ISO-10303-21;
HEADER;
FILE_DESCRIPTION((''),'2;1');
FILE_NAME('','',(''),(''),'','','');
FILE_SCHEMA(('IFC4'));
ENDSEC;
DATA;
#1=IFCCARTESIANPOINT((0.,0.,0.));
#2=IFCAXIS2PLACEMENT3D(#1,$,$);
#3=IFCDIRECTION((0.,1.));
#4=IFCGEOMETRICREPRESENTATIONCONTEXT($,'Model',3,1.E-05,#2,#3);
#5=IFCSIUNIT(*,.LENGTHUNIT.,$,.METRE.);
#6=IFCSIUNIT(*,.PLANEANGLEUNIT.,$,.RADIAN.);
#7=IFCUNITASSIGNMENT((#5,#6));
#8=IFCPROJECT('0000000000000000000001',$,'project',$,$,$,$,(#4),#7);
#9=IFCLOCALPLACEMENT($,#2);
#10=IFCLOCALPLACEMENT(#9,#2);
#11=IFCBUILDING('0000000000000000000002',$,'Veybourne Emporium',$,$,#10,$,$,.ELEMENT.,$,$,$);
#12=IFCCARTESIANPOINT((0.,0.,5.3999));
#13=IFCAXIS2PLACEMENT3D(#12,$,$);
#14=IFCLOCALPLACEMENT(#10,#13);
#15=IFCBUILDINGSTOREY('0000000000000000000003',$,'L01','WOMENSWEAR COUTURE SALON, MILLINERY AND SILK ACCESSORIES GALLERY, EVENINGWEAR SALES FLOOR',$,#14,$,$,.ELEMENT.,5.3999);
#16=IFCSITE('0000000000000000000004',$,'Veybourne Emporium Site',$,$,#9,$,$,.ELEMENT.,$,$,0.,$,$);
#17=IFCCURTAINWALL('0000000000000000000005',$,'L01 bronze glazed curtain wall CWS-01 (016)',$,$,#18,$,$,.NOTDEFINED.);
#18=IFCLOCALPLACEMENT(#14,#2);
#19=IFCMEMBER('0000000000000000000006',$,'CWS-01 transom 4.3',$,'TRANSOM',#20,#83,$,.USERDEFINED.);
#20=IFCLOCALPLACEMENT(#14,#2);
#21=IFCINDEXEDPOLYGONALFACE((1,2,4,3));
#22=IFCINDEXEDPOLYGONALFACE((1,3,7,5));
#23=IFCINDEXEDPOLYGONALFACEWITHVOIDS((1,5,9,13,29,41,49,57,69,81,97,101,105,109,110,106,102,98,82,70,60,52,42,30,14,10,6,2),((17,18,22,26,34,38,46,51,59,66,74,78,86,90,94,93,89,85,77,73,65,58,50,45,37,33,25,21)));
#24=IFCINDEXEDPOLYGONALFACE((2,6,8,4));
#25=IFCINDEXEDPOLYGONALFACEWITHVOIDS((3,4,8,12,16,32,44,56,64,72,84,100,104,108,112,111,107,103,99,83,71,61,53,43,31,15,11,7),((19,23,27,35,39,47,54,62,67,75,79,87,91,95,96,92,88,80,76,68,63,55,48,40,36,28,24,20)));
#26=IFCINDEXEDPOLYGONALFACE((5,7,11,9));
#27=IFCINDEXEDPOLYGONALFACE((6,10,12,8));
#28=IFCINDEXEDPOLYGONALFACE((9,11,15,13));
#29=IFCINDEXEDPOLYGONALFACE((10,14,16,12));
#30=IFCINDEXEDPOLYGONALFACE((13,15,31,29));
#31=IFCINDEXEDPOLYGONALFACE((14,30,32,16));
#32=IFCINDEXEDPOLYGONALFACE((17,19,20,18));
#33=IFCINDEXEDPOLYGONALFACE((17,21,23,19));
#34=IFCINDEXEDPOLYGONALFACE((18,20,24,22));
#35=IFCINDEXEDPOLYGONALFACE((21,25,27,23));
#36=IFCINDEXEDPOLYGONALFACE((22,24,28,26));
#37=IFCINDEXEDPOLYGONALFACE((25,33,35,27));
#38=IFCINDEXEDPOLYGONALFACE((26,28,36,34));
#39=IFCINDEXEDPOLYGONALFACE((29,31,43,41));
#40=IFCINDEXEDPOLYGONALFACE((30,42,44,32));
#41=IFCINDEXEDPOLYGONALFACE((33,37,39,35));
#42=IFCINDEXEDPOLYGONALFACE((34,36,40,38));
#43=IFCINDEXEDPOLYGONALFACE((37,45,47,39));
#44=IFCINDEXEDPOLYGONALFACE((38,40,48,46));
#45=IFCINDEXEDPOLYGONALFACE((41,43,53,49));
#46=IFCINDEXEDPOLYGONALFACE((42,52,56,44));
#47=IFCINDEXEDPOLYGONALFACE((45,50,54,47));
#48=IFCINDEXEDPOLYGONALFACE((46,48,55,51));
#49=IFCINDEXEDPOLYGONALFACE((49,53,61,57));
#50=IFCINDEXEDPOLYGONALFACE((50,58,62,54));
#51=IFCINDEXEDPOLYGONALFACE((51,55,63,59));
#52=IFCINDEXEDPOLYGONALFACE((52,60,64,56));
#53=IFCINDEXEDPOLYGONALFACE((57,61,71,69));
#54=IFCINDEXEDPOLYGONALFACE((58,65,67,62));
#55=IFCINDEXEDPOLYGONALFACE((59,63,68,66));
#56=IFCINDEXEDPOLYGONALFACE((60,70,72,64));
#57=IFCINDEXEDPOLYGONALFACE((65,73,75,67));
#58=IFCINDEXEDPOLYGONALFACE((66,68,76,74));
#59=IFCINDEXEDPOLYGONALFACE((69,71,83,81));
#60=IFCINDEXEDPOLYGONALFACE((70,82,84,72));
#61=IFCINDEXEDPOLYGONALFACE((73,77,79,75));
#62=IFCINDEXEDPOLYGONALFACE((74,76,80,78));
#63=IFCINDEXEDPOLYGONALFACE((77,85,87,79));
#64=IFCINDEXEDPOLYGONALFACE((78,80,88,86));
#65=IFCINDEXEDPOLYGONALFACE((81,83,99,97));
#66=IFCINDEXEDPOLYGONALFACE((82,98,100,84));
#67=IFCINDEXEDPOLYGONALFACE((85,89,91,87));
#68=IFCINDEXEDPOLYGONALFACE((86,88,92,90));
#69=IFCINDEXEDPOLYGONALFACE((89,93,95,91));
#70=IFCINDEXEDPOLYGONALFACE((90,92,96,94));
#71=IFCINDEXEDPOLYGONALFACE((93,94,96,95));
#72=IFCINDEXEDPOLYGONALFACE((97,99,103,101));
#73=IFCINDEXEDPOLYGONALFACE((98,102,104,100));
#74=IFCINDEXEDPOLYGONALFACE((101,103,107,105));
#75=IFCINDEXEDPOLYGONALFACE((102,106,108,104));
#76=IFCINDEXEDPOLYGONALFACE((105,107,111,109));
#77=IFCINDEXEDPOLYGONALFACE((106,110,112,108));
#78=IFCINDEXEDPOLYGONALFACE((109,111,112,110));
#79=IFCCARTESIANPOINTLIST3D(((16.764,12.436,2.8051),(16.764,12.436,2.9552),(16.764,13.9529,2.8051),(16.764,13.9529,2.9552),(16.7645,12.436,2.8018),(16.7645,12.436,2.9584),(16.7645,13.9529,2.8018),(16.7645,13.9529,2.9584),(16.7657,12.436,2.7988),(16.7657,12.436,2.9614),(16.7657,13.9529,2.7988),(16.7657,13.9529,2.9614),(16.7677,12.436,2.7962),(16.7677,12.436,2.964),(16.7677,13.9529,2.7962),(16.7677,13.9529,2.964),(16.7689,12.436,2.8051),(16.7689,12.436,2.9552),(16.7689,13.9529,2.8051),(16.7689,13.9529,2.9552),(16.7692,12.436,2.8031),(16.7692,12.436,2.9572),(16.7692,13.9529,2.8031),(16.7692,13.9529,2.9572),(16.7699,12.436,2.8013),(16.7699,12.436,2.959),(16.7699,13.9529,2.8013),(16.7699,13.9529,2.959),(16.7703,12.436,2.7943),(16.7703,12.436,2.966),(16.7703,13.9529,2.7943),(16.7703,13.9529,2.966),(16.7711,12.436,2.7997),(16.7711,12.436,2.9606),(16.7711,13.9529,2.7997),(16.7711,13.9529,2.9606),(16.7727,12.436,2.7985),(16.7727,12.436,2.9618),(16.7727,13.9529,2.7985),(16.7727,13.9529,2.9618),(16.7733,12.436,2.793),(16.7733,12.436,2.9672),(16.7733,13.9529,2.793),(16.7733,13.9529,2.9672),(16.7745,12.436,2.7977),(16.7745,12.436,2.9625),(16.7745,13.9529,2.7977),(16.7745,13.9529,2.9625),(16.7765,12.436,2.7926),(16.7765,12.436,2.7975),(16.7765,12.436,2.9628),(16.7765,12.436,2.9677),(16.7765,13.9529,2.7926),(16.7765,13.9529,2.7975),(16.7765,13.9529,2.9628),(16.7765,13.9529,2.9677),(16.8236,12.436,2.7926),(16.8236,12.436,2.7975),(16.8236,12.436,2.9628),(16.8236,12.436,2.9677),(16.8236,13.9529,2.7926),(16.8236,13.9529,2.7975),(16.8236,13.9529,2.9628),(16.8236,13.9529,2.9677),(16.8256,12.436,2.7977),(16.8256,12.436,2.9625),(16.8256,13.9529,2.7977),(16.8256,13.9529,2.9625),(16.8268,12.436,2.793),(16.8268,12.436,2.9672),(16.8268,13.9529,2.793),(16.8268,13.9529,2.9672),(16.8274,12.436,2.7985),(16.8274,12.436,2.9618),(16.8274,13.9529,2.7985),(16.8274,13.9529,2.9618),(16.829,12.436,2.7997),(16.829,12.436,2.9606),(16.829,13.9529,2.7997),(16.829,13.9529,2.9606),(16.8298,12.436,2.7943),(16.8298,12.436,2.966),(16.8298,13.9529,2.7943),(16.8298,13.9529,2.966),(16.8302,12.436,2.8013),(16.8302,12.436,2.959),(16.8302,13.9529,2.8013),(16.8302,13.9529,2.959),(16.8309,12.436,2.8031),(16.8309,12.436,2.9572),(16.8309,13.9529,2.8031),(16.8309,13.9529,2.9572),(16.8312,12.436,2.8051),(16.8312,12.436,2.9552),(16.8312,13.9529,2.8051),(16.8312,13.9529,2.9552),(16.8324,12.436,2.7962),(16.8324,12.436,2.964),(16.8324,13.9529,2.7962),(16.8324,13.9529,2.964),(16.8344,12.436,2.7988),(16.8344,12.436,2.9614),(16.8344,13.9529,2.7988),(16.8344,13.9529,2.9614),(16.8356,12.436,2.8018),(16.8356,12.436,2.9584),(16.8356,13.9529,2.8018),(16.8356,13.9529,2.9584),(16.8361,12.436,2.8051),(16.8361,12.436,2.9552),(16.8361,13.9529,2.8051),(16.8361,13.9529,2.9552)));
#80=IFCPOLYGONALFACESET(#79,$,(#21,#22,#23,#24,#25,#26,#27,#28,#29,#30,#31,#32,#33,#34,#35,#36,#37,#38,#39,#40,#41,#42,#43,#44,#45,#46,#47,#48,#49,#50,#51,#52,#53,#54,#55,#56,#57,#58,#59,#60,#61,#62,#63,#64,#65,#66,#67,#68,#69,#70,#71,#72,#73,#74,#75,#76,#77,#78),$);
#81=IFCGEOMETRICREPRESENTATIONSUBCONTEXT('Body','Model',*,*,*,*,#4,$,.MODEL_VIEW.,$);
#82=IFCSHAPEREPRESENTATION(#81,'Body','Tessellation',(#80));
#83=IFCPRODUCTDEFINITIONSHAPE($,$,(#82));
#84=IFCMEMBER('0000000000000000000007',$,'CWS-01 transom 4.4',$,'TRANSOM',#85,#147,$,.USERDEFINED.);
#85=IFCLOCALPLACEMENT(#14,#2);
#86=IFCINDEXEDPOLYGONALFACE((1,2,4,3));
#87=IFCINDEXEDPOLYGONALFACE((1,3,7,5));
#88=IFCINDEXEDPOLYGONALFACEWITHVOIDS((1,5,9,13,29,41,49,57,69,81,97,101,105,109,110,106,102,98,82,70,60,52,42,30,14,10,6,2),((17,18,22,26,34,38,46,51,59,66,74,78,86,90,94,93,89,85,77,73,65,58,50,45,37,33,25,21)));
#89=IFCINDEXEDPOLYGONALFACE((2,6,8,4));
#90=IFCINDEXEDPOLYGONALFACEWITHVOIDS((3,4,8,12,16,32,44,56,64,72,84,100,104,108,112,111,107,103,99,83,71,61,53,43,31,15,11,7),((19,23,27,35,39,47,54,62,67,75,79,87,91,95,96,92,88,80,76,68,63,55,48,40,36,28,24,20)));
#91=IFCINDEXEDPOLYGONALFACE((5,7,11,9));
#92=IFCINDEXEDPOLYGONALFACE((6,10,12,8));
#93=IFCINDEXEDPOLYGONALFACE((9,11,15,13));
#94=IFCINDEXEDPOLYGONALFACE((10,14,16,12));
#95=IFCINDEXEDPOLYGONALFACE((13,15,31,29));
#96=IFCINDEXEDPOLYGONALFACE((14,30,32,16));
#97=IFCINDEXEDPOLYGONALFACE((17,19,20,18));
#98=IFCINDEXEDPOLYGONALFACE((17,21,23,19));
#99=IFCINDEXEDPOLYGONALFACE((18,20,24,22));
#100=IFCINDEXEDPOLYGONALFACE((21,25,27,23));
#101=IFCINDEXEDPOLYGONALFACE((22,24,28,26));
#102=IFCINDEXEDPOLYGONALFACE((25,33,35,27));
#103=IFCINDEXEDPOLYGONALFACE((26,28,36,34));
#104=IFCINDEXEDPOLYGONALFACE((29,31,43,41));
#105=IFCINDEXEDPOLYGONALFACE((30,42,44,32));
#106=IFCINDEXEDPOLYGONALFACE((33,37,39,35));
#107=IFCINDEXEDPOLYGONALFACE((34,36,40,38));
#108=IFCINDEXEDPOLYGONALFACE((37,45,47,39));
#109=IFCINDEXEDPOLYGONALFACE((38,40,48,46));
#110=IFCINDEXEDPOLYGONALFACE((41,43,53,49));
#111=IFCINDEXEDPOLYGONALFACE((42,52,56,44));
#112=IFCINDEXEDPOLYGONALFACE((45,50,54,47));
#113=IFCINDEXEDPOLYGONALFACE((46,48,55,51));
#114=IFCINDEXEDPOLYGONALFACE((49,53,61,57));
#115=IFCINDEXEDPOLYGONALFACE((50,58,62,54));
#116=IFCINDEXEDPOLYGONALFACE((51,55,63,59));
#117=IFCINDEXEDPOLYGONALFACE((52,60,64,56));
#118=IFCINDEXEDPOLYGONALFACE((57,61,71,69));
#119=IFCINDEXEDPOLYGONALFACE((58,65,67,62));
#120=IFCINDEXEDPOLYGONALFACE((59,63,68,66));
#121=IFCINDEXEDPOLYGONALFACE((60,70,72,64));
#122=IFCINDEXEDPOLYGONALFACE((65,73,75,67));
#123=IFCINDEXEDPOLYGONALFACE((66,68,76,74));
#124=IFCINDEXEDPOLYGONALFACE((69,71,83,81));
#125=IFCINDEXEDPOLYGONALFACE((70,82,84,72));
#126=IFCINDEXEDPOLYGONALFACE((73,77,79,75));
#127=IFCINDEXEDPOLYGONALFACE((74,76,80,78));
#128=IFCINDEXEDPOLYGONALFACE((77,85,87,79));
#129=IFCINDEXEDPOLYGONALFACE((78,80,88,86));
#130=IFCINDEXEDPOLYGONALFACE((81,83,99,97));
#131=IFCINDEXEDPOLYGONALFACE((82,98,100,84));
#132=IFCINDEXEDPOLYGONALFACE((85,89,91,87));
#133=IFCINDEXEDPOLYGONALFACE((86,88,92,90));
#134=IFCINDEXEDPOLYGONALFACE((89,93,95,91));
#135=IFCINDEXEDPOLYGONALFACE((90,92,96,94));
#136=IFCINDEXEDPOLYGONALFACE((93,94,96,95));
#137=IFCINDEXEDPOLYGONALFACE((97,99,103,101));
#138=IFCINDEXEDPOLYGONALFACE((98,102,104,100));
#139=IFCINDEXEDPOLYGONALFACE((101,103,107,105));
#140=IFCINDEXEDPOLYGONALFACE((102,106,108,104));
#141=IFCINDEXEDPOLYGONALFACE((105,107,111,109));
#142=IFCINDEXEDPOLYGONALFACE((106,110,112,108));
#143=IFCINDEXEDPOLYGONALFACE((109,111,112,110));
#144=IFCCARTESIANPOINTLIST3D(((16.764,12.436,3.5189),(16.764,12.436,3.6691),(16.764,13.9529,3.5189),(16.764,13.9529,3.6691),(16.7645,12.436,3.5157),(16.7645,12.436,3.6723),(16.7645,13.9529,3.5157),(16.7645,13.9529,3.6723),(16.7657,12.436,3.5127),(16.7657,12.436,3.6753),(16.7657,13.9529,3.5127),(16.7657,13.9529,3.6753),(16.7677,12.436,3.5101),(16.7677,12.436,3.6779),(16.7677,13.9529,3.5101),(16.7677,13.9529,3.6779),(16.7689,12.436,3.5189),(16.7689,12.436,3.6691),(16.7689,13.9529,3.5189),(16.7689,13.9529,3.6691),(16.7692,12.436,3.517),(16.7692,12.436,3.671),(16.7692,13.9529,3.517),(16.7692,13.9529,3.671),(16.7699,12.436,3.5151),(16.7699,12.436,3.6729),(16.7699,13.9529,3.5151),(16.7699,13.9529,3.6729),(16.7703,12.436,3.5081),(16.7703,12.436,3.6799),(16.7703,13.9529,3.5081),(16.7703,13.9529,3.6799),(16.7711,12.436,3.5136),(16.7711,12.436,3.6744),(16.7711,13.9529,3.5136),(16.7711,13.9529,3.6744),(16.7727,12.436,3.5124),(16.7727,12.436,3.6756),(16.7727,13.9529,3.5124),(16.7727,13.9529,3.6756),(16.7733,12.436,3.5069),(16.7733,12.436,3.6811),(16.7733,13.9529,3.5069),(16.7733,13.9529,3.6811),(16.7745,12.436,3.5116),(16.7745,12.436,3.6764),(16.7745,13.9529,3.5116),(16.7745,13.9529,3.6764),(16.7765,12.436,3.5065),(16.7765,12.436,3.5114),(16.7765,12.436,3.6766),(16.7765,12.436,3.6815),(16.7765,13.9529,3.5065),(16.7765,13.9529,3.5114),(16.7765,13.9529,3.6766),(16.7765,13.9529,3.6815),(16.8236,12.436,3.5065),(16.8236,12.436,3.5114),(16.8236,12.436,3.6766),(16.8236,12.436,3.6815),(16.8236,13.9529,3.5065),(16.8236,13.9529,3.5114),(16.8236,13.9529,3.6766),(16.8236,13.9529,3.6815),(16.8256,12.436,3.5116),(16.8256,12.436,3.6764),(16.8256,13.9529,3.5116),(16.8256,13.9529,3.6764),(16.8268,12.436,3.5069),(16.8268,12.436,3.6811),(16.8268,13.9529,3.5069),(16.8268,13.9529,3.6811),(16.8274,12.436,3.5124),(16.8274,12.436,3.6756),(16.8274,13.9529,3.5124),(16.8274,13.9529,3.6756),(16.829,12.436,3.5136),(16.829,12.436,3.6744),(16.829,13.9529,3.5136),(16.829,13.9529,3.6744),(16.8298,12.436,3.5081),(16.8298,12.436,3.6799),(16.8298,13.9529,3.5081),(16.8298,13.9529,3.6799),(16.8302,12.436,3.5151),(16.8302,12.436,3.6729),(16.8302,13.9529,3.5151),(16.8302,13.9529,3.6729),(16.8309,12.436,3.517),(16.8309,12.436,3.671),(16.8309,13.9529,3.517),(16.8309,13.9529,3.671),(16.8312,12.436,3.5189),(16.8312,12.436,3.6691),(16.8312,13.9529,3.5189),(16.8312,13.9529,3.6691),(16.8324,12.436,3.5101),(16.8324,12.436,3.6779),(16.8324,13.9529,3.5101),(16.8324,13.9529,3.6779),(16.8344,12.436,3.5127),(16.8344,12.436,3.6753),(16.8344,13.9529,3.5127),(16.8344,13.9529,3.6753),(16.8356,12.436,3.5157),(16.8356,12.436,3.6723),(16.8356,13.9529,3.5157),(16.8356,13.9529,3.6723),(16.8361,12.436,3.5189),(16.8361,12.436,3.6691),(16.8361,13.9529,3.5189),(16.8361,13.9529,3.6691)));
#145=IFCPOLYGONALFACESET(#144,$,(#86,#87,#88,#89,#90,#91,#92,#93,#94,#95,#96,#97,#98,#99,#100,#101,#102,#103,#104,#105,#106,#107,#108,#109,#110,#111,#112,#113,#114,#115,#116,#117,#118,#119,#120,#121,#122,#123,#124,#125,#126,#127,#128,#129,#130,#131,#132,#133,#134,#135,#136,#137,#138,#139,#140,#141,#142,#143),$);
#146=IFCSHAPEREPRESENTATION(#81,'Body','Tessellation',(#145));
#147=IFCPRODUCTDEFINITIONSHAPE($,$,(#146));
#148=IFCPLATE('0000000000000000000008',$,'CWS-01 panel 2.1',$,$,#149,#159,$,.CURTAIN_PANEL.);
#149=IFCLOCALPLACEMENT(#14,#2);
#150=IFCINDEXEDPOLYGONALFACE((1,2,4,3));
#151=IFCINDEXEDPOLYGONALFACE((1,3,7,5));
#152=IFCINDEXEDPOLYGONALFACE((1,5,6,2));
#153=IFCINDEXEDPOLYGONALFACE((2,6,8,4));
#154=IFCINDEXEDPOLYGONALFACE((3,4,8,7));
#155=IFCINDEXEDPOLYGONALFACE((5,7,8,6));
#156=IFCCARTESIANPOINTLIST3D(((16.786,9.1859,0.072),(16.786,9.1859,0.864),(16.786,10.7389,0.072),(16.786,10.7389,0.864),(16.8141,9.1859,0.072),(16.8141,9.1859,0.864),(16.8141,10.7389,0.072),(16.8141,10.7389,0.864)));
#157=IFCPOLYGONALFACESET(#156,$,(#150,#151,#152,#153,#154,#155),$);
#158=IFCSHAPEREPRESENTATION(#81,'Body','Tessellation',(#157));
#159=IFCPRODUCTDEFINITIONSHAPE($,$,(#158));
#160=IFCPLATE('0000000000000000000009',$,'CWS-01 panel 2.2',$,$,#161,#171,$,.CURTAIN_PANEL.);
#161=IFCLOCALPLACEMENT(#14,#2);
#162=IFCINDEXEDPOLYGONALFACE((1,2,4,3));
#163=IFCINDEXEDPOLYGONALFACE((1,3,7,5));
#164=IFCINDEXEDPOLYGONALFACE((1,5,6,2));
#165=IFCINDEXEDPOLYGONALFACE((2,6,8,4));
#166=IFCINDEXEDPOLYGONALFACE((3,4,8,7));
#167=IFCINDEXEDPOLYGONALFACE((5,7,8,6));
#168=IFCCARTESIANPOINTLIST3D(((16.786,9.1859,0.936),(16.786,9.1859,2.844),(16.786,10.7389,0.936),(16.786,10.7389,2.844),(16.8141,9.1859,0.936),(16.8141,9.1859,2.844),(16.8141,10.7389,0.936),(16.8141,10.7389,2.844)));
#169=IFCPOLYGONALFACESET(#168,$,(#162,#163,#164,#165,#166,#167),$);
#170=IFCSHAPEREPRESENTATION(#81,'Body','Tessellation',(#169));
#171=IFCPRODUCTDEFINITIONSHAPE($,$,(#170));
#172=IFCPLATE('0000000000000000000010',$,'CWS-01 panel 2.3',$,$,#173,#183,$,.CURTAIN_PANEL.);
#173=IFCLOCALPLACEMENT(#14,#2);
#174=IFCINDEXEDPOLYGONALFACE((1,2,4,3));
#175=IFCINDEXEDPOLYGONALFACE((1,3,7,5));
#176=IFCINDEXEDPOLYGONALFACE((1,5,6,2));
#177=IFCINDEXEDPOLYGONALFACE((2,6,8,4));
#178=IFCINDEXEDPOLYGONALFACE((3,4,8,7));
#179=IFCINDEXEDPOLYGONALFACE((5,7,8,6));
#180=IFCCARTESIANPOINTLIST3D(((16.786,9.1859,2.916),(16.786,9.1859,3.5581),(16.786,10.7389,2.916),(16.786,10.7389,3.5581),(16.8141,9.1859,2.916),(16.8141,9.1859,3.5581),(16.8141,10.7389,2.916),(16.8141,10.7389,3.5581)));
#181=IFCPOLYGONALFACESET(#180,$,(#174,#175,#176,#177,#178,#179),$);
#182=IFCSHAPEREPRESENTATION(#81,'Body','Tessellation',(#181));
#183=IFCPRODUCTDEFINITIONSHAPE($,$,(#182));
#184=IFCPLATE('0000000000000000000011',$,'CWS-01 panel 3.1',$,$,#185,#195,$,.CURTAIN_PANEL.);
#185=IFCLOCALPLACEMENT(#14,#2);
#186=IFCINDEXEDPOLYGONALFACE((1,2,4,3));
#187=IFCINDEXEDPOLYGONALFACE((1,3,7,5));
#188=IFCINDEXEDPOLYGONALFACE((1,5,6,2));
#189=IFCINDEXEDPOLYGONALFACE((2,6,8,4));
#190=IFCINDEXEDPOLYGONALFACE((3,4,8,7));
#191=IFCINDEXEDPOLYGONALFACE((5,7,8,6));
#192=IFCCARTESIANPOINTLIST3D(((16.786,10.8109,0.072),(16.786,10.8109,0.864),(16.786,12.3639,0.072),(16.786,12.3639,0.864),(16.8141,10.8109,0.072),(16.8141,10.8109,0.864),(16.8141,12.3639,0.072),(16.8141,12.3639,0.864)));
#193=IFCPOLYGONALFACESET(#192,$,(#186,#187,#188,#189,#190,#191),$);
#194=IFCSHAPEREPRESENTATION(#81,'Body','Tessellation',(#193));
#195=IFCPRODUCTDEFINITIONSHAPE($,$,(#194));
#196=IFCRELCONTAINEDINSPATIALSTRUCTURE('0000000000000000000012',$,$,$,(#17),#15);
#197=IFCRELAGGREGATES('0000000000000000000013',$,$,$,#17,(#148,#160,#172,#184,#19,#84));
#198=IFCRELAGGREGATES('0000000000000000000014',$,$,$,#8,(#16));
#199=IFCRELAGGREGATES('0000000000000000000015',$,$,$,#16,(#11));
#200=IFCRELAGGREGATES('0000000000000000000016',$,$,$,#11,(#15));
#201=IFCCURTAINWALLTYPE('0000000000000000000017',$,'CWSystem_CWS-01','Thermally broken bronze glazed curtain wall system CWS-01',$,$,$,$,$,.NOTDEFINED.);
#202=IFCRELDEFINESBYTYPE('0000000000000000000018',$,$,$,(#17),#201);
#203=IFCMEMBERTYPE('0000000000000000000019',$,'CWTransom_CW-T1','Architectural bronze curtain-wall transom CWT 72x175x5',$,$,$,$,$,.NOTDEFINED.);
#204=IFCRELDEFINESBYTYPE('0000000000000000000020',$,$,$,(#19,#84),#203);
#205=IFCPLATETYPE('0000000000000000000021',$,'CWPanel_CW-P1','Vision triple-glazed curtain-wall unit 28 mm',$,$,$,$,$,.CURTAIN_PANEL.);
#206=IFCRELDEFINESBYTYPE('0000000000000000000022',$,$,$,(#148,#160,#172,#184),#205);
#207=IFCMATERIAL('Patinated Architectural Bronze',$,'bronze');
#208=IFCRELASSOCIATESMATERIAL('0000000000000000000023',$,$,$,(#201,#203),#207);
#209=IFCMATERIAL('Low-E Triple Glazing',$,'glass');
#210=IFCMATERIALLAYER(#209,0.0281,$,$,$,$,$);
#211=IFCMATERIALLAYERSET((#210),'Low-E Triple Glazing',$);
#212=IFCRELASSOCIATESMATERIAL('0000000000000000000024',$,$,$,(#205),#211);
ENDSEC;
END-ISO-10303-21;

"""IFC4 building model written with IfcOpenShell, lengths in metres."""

from ifc_helpers import new_model, si_unit, direction, frame, origin, origin_2d, place, context, subcontext, project, spatial, rectangle, hollow_rectangle, extrude, material, layer, layer_set, material_profile, profile_set, type_object, element, aggregate, save


model = new_model("IFC4")

# Units and contexts
model_context = context("Model", 3, precision=1e-05, world=origin(), true_north=direction((0.0, 1.0)))
body_context = subcontext(model_context, "Body", "Model", "MODEL_VIEW")
ifc_project = project(units=[si_unit("LENGTHUNIT", "METRE"), si_unit("PLANEANGLEUNIT", "RADIAN")], contexts=[model_context])

# Site, building, storey
site_placement = place(None, origin())
site = spatial("IfcSite", under=ifc_project, at=site_placement, Name="Veybourne Emporium Site", CompositionType="ELEMENT", RefElevation=0.0)
building_placement = place(site_placement, origin())
building = spatial("IfcBuilding", under=site, at=building_placement, Name="Veybourne Emporium", CompositionType="ELEMENT")
storey_placement = place(building_placement, frame((0.0, 0.0, 5.3999)))
storey = spatial("IfcBuildingStorey", under=building, at=storey_placement, Name="L01", Description="WOMENSWEAR COUTURE SALON, MILLINERY AND SILK ACCESSORIES GALLERY, EVENINGWEAR SALES FLOOR", CompositionType="ELEMENT", Elevation=5.3999)

# Curtain wall, members, plates
ifc_material_1 = material(Name="Patinated Architectural Bronze", Category="bronze")
curtain_wall_type = type_object("IfcCurtainWallType", Name="CWSystem_CWS-01", Description="Thermally broken bronze glazed curtain wall system CWS-01", PredefinedType="NOTDEFINED", material=ifc_material_1)
curtain_wall_placement = place(storey_placement, origin())
curtain_wall = element("IfcCurtainWall", 1, at=curtain_wall_placement, inside=storey, type_object=curtain_wall_type, Name="L01 bronze glazed curtain wall CWS-01 (016)", PredefinedType="NOTDEFINED")
ifc_material_profile_1 = material_profile(ifc_material_1, hollow_rectangle(XDim=0.072, YDim=0.175, WallThickness=0.0049, InnerFilletRadius=0.0076, OuterFilletRadius=0.0125, at=origin_2d()), Name="CWT 72x175x5")
ifc_profile_set_1 = profile_set([ifc_material_profile_1], Name="Patinated Architectural Bronze")
member_type_1 = type_object("IfcMemberType", Name="CWTransom_CW-T1", Description="Architectural bronze curtain-wall transom CWT 72x175x5", PredefinedType="NOTDEFINED", material=ifc_profile_set_1)
member_1_placement = place(storey_placement, frame((16.8, 12.436, 2.8801), z_axis=(0.0, 1.0, 0.0), x_axis=(-1.0, 0.0, 0.0)))
member_1 = element("IfcMember", 2, at=member_1_placement, type_object=member_type_1, Name="CWS-01 transom 4.3", ObjectType="TRANSOM", PredefinedType="USERDEFINED", context=body_context, shape_type="SweptSolid", body=[
    extrude(hollow_rectangle(XDim=0.072, YDim=0.175, WallThickness=0.0049, InnerFilletRadius=0.0076, OuterFilletRadius=0.0125, at=origin_2d()), origin(), (0.0, 0.0, 1.0), 1.5168),
])
member_2_placement = place(storey_placement, frame((16.8, 12.436, 3.594), z_axis=(0.0, 1.0, 0.0), x_axis=(-1.0, 0.0, 0.0)))
member_2 = element("IfcMember", 3, at=member_2_placement, type_object=member_type_1, Name="CWS-01 transom 4.4", ObjectType="TRANSOM", PredefinedType="USERDEFINED", context=body_context, shape_type="SweptSolid", body=[
    extrude(hollow_rectangle(XDim=0.072, YDim=0.175, WallThickness=0.0049, InnerFilletRadius=0.0076, OuterFilletRadius=0.0125, at=origin_2d()), origin(), (0.0, 0.0, 1.0), 1.5168),
])
ifc_material_2 = material(Name="Low-E Triple Glazing", Category="glass")
ifc_layer_1 = layer(ifc_material_2, 0.0281)
ifc_layer_set_1 = layer_set([ifc_layer_1], Name="Low-E Triple Glazing")
plate_type = type_object("IfcPlateType", Name="CWPanel_CW-P1", Description="Vision triple-glazed curtain-wall unit 28 mm", PredefinedType="CURTAIN_PANEL", material=ifc_layer_set_1)
plate_1_placement = place(storey_placement, frame((16.8, 9.9624, 0.072), z_axis=(0.0, 0.0, 1.0), x_axis=(0.0, 1.0, 0.0)))
plate_1 = element("IfcPlate", 4, at=plate_1_placement, type_object=plate_type, Name="CWS-01 panel 2.1", PredefinedType="CURTAIN_PANEL", context=body_context, shape_type="SweptSolid", body=[
    extrude(rectangle(XDim=1.553, YDim=0.0281, at=origin_2d()), origin(), (0.0, 0.0, 1.0), 0.792),
])
plate_2_placement = place(storey_placement, frame((16.8, 9.9624, 0.936), z_axis=(0.0, 0.0, 1.0), x_axis=(0.0, 1.0, 0.0)))
plate_2 = element("IfcPlate", 5, at=plate_2_placement, type_object=plate_type, Name="CWS-01 panel 2.2", PredefinedType="CURTAIN_PANEL", context=body_context, shape_type="SweptSolid", body=[
    extrude(rectangle(XDim=1.553, YDim=0.0281, at=origin_2d()), origin(), (0.0, 0.0, 1.0), 1.908),
])
plate_3_placement = place(storey_placement, frame((16.8, 9.9624, 2.916), z_axis=(0.0, 0.0, 1.0), x_axis=(0.0, 1.0, 0.0)))
plate_3 = element("IfcPlate", 6, at=plate_3_placement, type_object=plate_type, Name="CWS-01 panel 2.3", PredefinedType="CURTAIN_PANEL", context=body_context, shape_type="SweptSolid", body=[
    extrude(rectangle(XDim=1.553, YDim=0.0281, at=origin_2d()), origin(), (0.0, 0.0, 1.0), 0.6421),
])
plate_4_placement = place(storey_placement, frame((16.8, 11.5874, 0.072), z_axis=(0.0, 0.0, 1.0), x_axis=(0.0, 1.0, 0.0)))
plate_4 = element("IfcPlate", 7, at=plate_4_placement, type_object=plate_type, Name="CWS-01 panel 3.1", PredefinedType="CURTAIN_PANEL", context=body_context, shape_type="SweptSolid", body=[
    extrude(rectangle(XDim=1.553, YDim=0.0281, at=origin_2d()), origin(), (0.0, 0.0, 1.0), 0.792),
])
aggregate(curtain_wall, [plate_1, plate_2, plate_3, plate_4, member_1, member_2])

save(model, "model.ifc")
